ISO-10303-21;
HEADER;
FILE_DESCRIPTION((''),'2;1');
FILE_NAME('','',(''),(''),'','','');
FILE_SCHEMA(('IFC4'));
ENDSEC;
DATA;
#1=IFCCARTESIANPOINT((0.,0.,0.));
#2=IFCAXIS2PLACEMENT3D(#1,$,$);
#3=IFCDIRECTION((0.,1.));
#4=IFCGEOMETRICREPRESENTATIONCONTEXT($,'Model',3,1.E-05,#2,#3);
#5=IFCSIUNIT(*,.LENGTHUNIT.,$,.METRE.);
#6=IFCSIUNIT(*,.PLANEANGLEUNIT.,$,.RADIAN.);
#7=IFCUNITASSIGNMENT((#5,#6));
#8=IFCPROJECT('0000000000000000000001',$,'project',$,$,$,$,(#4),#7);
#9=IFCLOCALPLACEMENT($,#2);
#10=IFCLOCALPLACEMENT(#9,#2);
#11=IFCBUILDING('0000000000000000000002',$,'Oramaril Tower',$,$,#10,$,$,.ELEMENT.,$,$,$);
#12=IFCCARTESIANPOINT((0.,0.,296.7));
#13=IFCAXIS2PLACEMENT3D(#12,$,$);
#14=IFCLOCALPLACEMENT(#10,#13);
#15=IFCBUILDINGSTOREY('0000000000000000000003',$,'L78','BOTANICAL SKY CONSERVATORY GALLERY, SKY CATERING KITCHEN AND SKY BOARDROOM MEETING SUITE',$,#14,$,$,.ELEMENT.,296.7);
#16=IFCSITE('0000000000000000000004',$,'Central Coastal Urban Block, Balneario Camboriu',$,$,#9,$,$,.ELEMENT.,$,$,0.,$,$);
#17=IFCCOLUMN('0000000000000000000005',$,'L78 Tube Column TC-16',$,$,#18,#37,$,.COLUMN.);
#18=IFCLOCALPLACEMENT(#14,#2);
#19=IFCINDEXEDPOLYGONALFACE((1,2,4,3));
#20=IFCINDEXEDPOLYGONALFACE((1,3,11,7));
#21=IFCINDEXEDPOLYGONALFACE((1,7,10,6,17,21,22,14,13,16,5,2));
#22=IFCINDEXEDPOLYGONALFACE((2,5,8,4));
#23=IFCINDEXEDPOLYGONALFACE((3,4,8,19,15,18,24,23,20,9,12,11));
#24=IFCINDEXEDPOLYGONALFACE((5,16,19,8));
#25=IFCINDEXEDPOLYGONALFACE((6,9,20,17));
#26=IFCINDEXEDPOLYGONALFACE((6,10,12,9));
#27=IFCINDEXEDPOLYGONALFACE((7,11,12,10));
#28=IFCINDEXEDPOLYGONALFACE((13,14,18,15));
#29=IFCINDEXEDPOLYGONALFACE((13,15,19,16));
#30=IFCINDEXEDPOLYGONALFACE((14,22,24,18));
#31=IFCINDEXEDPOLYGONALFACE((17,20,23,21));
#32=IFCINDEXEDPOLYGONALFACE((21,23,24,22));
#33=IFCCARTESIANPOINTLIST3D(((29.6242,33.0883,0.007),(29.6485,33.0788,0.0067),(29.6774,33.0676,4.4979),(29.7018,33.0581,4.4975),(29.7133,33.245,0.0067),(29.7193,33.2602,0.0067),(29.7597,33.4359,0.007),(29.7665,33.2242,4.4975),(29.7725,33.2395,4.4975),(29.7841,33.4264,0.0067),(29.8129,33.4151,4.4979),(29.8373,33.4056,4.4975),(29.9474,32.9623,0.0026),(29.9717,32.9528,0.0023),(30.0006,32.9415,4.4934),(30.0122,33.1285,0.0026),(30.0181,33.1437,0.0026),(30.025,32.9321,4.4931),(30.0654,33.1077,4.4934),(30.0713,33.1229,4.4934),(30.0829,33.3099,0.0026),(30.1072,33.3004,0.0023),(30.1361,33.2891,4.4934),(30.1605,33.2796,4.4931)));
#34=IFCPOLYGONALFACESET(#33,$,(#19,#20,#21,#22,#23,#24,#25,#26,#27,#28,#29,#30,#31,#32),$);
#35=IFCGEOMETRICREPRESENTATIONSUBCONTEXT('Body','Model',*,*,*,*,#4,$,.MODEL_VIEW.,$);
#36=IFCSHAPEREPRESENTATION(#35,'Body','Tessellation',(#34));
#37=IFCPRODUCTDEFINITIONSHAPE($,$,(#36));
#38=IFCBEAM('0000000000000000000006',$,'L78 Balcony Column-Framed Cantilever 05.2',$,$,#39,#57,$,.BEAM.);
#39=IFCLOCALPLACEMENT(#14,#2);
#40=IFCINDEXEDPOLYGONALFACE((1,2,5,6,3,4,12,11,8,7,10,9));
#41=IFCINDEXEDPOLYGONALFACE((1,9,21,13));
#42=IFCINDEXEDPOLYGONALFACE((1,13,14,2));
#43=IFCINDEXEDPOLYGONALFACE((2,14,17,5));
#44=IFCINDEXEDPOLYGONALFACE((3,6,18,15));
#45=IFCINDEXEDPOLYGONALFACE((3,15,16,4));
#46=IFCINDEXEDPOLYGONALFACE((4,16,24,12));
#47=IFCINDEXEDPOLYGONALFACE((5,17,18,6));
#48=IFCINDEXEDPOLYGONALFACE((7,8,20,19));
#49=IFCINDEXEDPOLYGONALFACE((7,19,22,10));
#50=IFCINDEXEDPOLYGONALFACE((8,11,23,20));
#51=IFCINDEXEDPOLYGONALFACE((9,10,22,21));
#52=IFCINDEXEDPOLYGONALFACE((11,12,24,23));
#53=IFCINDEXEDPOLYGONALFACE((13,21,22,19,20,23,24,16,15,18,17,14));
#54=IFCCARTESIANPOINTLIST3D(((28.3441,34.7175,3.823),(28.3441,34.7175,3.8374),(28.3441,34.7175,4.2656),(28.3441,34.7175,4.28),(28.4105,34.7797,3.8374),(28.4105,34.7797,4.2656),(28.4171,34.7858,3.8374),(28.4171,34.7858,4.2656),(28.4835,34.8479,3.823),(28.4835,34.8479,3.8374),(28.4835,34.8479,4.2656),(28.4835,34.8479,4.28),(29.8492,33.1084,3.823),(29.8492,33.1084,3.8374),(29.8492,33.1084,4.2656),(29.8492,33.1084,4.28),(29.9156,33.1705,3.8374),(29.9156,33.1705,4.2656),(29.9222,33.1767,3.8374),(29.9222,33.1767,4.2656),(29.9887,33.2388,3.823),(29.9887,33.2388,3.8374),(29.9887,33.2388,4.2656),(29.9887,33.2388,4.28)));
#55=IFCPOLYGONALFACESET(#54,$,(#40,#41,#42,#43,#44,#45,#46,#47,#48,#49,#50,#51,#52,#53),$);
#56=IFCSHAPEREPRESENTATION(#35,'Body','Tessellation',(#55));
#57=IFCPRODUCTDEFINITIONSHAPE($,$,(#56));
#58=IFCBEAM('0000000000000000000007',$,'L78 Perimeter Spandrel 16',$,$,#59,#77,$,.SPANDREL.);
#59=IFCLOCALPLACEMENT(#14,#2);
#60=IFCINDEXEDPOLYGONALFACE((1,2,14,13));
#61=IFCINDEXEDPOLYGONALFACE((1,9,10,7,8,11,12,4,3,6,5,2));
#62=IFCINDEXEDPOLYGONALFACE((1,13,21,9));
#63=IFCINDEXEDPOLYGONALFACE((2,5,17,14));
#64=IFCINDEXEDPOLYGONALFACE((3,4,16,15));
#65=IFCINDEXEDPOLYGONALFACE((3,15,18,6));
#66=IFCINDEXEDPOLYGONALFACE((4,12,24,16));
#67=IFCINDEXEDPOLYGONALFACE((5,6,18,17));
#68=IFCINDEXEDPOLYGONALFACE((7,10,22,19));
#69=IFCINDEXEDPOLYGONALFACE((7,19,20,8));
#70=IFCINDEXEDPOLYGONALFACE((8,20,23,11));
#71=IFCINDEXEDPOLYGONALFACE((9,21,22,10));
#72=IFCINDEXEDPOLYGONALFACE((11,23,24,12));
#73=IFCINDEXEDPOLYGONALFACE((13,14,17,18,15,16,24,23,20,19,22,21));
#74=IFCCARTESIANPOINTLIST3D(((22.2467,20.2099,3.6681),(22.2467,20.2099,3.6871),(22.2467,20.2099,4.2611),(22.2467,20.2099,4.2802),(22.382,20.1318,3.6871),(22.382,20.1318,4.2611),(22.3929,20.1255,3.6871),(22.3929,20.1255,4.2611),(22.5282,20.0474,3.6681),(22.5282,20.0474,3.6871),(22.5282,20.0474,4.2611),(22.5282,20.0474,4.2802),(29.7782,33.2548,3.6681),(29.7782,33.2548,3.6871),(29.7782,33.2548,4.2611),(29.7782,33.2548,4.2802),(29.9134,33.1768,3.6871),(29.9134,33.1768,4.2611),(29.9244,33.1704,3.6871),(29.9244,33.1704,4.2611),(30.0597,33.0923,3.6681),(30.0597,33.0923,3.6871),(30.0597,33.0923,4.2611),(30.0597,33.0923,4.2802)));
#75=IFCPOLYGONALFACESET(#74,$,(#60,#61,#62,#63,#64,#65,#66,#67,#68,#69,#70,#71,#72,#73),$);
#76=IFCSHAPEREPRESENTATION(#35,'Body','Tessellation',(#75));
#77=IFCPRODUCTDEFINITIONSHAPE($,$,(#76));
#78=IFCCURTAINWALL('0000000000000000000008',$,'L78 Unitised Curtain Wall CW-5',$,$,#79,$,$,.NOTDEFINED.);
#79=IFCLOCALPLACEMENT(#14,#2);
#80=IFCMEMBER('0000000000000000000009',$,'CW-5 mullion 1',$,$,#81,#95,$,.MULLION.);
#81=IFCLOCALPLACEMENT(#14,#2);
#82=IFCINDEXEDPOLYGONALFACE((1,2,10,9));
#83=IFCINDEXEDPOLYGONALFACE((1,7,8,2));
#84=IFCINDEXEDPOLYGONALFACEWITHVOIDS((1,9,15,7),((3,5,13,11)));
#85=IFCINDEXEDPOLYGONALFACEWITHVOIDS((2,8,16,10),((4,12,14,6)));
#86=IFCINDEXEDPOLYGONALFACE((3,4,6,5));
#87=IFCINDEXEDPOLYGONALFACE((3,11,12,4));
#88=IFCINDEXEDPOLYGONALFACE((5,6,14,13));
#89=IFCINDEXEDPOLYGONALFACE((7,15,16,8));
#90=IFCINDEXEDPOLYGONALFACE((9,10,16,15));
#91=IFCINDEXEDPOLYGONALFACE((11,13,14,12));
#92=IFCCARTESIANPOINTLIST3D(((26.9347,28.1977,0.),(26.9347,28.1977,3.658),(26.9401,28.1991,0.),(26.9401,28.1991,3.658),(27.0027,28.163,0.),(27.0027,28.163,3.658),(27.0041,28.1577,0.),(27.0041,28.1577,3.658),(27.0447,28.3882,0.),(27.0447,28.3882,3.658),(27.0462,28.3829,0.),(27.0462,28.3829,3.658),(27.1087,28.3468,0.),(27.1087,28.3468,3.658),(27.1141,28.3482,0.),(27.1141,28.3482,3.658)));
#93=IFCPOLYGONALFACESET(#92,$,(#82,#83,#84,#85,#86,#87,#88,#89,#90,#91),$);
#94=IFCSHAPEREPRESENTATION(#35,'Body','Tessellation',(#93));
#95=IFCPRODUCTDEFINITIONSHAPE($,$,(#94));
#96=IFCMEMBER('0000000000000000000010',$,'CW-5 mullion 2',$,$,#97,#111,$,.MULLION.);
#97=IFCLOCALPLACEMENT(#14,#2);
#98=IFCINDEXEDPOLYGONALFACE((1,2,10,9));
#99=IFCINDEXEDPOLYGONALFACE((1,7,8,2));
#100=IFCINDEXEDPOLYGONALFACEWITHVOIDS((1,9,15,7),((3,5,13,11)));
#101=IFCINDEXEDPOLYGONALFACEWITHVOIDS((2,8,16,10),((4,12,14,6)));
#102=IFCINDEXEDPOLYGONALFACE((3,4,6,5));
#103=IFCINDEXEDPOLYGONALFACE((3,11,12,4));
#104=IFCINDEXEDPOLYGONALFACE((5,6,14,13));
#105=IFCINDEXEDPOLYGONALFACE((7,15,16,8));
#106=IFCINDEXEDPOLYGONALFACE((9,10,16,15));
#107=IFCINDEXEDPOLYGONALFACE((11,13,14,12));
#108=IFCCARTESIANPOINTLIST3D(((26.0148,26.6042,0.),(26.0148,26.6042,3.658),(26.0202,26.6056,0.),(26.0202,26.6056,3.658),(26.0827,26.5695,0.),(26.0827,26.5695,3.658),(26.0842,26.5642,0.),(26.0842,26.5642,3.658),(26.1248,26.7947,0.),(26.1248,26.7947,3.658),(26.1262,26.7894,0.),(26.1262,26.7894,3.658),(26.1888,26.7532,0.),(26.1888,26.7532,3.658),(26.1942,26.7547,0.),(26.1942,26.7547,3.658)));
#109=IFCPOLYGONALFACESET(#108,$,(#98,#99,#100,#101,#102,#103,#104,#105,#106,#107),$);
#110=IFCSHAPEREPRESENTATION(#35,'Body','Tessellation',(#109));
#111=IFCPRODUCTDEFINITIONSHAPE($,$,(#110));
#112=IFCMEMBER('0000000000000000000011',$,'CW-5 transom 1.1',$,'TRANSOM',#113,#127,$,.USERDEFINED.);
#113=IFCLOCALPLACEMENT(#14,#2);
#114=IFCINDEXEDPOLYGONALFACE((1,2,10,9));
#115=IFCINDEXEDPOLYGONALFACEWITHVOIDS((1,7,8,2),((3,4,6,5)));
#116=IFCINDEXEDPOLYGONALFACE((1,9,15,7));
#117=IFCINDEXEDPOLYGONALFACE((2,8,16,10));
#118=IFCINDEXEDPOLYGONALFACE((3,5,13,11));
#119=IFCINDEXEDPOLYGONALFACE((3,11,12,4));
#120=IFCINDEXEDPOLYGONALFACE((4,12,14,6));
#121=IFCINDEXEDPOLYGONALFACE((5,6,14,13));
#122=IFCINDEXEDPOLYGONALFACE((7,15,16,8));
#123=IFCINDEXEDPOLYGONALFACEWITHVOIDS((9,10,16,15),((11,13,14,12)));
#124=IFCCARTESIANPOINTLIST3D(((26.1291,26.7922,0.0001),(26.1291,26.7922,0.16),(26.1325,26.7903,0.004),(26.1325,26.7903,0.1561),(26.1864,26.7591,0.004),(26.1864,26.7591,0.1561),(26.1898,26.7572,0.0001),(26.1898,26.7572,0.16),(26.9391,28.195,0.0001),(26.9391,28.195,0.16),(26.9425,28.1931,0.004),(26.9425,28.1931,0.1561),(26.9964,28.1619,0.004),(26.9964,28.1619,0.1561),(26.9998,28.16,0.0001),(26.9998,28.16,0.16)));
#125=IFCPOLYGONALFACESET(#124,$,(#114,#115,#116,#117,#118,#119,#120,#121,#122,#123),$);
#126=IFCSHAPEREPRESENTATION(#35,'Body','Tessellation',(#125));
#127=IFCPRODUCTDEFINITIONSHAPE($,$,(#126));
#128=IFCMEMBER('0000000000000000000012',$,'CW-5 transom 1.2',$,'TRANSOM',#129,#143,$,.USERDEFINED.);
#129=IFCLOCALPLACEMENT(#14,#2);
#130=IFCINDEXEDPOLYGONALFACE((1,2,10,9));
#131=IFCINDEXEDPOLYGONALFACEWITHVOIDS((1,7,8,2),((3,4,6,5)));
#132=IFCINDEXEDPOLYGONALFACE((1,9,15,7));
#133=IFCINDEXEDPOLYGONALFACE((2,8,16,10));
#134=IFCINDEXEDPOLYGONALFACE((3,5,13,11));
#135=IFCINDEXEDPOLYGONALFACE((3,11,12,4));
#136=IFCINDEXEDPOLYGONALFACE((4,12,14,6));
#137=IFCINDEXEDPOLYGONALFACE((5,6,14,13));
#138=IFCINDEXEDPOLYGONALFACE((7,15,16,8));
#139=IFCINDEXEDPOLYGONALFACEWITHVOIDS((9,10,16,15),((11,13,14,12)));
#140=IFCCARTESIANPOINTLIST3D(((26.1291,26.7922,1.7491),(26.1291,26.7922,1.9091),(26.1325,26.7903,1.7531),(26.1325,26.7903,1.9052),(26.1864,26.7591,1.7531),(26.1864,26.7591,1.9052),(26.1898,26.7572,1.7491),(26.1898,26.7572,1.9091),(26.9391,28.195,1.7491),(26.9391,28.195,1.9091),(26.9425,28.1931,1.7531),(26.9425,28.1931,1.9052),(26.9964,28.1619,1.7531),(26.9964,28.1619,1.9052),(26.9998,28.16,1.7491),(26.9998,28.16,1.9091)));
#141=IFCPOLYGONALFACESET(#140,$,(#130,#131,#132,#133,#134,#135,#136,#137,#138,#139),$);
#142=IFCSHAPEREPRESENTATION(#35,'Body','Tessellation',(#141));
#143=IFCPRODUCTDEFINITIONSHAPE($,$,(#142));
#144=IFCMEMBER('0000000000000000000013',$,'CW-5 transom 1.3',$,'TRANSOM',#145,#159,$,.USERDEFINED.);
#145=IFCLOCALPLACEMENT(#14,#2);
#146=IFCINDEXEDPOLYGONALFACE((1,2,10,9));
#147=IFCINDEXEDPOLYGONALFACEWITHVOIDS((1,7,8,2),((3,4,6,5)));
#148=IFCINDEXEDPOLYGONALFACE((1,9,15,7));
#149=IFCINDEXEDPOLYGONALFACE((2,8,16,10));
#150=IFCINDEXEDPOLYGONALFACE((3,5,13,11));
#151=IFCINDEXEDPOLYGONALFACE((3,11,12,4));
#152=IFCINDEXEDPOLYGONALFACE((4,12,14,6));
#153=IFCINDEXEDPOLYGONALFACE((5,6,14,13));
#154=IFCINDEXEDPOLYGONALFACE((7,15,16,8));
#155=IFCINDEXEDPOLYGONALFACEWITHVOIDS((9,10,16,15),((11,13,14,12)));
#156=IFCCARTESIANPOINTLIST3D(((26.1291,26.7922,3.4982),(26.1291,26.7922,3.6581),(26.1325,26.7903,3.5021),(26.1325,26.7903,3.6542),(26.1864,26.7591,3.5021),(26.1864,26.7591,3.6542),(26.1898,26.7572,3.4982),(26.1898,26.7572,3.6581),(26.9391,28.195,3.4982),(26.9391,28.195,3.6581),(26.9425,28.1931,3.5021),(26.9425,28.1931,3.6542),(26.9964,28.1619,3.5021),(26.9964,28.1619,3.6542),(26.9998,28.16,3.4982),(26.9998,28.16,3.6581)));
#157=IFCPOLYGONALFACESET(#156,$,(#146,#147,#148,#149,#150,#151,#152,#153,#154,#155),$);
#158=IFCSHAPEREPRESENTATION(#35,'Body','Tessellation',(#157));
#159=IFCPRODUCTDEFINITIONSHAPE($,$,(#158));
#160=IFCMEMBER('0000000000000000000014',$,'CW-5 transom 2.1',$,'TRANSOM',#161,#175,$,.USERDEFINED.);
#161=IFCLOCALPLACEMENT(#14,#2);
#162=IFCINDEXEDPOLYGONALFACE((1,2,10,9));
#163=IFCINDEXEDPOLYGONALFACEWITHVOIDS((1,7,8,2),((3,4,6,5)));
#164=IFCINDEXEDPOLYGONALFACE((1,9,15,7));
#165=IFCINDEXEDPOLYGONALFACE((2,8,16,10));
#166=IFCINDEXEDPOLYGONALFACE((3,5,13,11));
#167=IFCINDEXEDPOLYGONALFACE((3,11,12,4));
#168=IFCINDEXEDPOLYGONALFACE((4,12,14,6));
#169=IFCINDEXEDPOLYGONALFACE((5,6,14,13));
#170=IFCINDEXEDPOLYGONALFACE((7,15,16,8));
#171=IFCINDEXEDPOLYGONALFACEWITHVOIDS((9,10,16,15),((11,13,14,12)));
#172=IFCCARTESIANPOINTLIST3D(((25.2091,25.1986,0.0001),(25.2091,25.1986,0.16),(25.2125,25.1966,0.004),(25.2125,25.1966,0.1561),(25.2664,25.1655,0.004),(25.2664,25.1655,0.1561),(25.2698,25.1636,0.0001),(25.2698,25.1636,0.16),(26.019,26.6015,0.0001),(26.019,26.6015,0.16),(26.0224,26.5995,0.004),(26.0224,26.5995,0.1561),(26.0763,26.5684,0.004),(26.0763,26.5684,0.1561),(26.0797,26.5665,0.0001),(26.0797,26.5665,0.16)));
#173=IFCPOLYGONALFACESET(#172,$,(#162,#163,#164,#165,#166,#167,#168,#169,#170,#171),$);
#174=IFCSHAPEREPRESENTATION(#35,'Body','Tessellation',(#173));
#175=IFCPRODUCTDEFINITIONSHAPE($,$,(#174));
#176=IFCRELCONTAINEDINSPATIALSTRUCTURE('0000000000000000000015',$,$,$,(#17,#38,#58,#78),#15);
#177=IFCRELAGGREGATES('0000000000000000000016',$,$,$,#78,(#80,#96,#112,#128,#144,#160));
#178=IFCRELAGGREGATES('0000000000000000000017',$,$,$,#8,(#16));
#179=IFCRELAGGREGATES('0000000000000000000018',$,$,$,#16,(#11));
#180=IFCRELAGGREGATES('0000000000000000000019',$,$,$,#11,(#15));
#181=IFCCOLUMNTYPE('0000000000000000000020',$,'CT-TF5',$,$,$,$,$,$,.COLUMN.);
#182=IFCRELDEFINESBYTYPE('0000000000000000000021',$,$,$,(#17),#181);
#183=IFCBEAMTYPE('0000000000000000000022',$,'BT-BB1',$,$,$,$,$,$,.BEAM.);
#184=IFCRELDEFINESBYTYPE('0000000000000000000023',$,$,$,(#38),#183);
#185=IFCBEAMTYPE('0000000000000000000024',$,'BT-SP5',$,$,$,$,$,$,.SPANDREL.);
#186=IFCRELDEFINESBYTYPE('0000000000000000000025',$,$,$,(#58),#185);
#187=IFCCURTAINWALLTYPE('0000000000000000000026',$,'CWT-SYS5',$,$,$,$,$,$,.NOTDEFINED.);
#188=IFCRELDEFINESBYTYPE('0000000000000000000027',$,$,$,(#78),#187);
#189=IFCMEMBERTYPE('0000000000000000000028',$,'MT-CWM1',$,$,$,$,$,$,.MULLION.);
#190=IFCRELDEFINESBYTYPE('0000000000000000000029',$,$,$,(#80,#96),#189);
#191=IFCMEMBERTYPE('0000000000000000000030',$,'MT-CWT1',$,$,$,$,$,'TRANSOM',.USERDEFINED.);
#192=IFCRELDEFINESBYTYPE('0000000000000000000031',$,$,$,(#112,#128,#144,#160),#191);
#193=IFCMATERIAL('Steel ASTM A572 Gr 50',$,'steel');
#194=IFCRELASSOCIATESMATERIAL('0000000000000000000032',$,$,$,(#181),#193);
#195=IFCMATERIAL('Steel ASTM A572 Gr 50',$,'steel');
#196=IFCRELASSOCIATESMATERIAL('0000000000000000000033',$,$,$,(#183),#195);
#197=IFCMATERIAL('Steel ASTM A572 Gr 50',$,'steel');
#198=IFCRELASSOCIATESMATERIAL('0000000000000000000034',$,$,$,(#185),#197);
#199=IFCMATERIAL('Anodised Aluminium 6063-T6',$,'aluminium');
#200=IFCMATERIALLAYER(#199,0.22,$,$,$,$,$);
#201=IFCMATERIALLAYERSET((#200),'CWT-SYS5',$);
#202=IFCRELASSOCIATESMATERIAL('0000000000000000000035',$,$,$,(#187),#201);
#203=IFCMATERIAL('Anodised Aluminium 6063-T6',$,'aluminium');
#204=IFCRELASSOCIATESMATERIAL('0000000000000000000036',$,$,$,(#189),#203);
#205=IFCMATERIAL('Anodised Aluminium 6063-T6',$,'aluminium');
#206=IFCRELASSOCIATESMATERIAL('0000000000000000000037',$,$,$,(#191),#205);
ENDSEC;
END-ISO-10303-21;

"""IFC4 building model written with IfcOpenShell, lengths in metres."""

from ifc_helpers import new_model, si_unit, direction, frame, origin, origin_2d, place, context, subcontext, project, spatial, hollow_rectangle, i_section, extrude, material, layer, layer_set, material_profile, profile_set, type_object, element, aggregate, save


model = new_model("IFC4")

# Units and contexts
model_context = context("Model", 3, precision=1e-05, world=origin(), true_north=direction((0.0, 1.0)))
body_context = subcontext(model_context, "Body", "Model", "MODEL_VIEW")
ifc_project = project(units=[si_unit("LENGTHUNIT", "METRE"), si_unit("PLANEANGLEUNIT", "RADIAN")], contexts=[model_context])

# Site, building, storey
site_placement = place(None, origin())
site = spatial("IfcSite", under=ifc_project, at=site_placement, Name="Central Coastal Urban Block, Balneario Camboriu", CompositionType="ELEMENT", RefElevation=0.0)
building_placement = place(site_placement, origin())
building = spatial("IfcBuilding", under=site, at=building_placement, Name="Oramaril Tower", CompositionType="ELEMENT")
storey_placement = place(building_placement, frame((0.0, 0.0, 296.7)))
storey = spatial("IfcBuildingStorey", under=building, at=storey_placement, Name="L78", Description="BOTANICAL SKY CONSERVATORY GALLERY, SKY CATERING KITCHEN AND SKY BOARDROOM MEETING SUITE", CompositionType="ELEMENT", Elevation=296.7)

# Column
ifc_material_1 = material(Name="Steel ASTM A572 Gr 50", Category="steel")
ifc_material_profile_1 = material_profile(ifc_material_1, i_section(OverallWidth=0.373, OverallDepth=0.373, WebThickness=0.0164, FlangeThickness=0.0261, at=origin_2d()), Name="W14X132")
ifc_profile_set_1 = profile_set([ifc_material_profile_1], Name="Steel ASTM A572 Gr 50")
column_type = type_object("IfcColumnType", Name="CT-TF5", PredefinedType="COLUMN", material=ifc_profile_set_1)
column_placement = place(storey_placement, frame((29.8657, 33.1943, 0.0046), z_axis=(0.01185, -0.00462, 0.999919), x_axis=(0.363271, 0.931683, 0.0)))
element("IfcColumn", 1, at=column_placement, inside=storey, type_object=column_type, Name="L78 Tube Column TC-16", PredefinedType="COLUMN", context=body_context, shape_type="SweptSolid", body=[
    extrude(i_section(OverallWidth=0.373, OverallDepth=0.373, WebThickness=0.0164, FlangeThickness=0.0261, at=origin_2d()), origin(), (0.0, 0.0, 1.0), 4.4912),
])

# Beams
ifc_material_2 = material(Name="Steel ASTM A572 Gr 50", Category="steel")
ifc_material_profile_2 = material_profile(ifc_material_2, i_section(OverallWidth=0.1909, OverallDepth=0.457, WebThickness=0.009, FlangeThickness=0.0144, at=origin_2d()), Name="W18X50")
ifc_profile_set_2 = profile_set([ifc_material_profile_2], Name="Steel ASTM A572 Gr 50")
beam_type_1 = type_object("IfcBeamType", Name="BT-BB1", PredefinedType="BEAM", material=ifc_profile_set_2)
beam_1_placement = place(storey_placement, frame((29.9189, 33.1736, 4.0515), z_axis=(-0.683111, 0.730314, 0.0), x_axis=(-0.730314, -0.683111, 0.0)))
element("IfcBeam", 2, at=beam_1_placement, inside=storey, type_object=beam_type_1, Name="L78 Balcony Column-Framed Cantilever 05.2", PredefinedType="BEAM", context=body_context, shape_type="SweptSolid", body=[
    extrude(i_section(OverallWidth=0.1909, OverallDepth=0.457, WebThickness=0.009, FlangeThickness=0.0144, at=origin_2d()), origin(), (0.0, 0.0, 1.0), 2.2034),
])
ifc_material_3 = material(Name="Steel ASTM A572 Gr 50", Category="steel")
ifc_material_profile_3 = material_profile(ifc_material_3, i_section(OverallWidth=0.325, OverallDepth=0.6121, WebThickness=0.0127, FlangeThickness=0.019, at=origin_2d()), Name="W24X104")
ifc_profile_set_3 = profile_set([ifc_material_profile_3], Name="Steel ASTM A572 Gr 50")
beam_type_2 = type_object("IfcBeamType", Name="BT-SP5", PredefinedType="SPANDREL", material=ifc_profile_set_3)
beam_2_placement = place(storey_placement, frame((29.9189, 33.1736, 3.9741), z_axis=(-0.5, -0.866025, 0.0), x_axis=(0.866025, -0.5, 0.0)))
element("IfcBeam", 3, at=beam_2_placement, inside=storey, type_object=beam_type_2, Name="L78 Perimeter Spandrel 16", PredefinedType="SPANDREL", context=body_context, shape_type="SweptSolid", body=[
    extrude(i_section(OverallWidth=0.325, OverallDepth=0.6121, WebThickness=0.0127, FlangeThickness=0.019, at=origin_2d()), origin(), (0.0, 0.0, 1.0), 15.063),
])

# Curtain wall, members
ifc_material_4 = material(Name="Anodised Aluminium 6063-T6", Category="aluminium")
ifc_layer_1 = layer(ifc_material_4, 0.22)
ifc_layer_set_1 = layer_set([ifc_layer_1], Name="CWT-SYS5")
curtain_wall_type = type_object("IfcCurtainWallType", Name="CWT-SYS5", PredefinedType="NOTDEFINED", material=ifc_layer_set_1)
curtain_wall_placement = place(storey_placement, origin())
curtain_wall = element("IfcCurtainWall", 4, at=curtain_wall_placement, inside=storey, type_object=curtain_wall_type, Name="L78 Unitised Curtain Wall CW-5", PredefinedType="NOTDEFINED")
ifc_material_5 = material(Name="Anodised Aluminium 6063-T6", Category="aluminium")
ifc_material_profile_4 = material_profile(ifc_material_5, hollow_rectangle(XDim=0.0801, YDim=0.22, WallThickness=0.0039, at=origin_2d()), Name="CWM220X80")
ifc_profile_set_4 = profile_set([ifc_material_profile_4], Name="Anodised Aluminium 6063-T6")
member_type_1 = type_object("IfcMemberType", Name="MT-CWM1", PredefinedType="MULLION", material=ifc_profile_set_4)
member_1_placement = place(storey_placement, frame((27.0244, 28.2729, 0.0), z_axis=(0.0, 0.0, 1.0), x_axis=(0.866025, -0.5, 0.0)))
member_1 = element("IfcMember", 5, at=member_1_placement, type_object=member_type_1, Name="CW-5 mullion 1", PredefinedType="MULLION", context=body_context, shape_type="SweptSolid", body=[
    extrude(hollow_rectangle(XDim=0.0801, YDim=0.22, WallThickness=0.0039, at=origin_2d()), origin(), (0.0, 0.0, 1.0), 3.658),
])
member_2_placement = place(storey_placement, frame((26.1045, 26.6794, 0.0), z_axis=(0.0, 0.0, 1.0), x_axis=(0.866025, -0.5, 0.0)))
member_2 = element("IfcMember", 6, at=member_2_placement, type_object=member_type_1, Name="CW-5 mullion 2", PredefinedType="MULLION", context=body_context, shape_type="SweptSolid", body=[
    extrude(hollow_rectangle(XDim=0.0801, YDim=0.22, WallThickness=0.0039, at=origin_2d()), origin(), (0.0, 0.0, 1.0), 3.658),
])
ifc_material_6 = material(Name="Anodised Aluminium 6063-T6", Category="aluminium")
ifc_material_profile_5 = material_profile(ifc_material_6, hollow_rectangle(XDim=0.0701, YDim=0.1599, WallThickness=0.0039, at=origin_2d()), Name="CWT160X70")
ifc_profile_set_5 = profile_set([ifc_material_profile_5], Name="Anodised Aluminium 6063-T6")
member_type_2 = type_object("IfcMemberType", Name="MT-CWT1", ElementType="TRANSOM", PredefinedType="USERDEFINED", material=ifc_profile_set_5)
member_3_placement = place(storey_placement, frame((26.9695, 28.1775, 0.0801), z_axis=(-0.500062, -0.86599, 0.0), x_axis=(0.86599, -0.500062, 0.0)))
member_3 = element("IfcMember", 7, at=member_3_placement, type_object=member_type_2, Name="CW-5 transom 1.1", ObjectType="TRANSOM", PredefinedType="USERDEFINED", context=body_context, shape_type="SweptSolid", body=[
    extrude(hollow_rectangle(XDim=0.0701, YDim=0.1599, WallThickness=0.0039, at=origin_2d()), origin(), (0.0, 0.0, 1.0), 1.6199),
])
member_4_placement = place(storey_placement, frame((26.9695, 28.1775, 1.8291), z_axis=(-0.500062, -0.86599, 0.0), x_axis=(0.86599, -0.500062, 0.0)))
member_4 = element("IfcMember", 8, at=member_4_placement, type_object=member_type_2, Name="CW-5 transom 1.2", ObjectType="TRANSOM", PredefinedType="USERDEFINED", context=body_context, shape_type="SweptSolid", body=[
    extrude(hollow_rectangle(XDim=0.0701, YDim=0.1599, WallThickness=0.0039, at=origin_2d()), origin(), (0.0, 0.0, 1.0), 1.6199),
])
member_5_placement = place(storey_placement, frame((26.9695, 28.1775, 3.5781), z_axis=(-0.500062, -0.86599, 0.0), x_axis=(0.86599, -0.500062, 0.0)))
member_5 = element("IfcMember", 9, at=member_5_placement, type_object=member_type_2, Name="CW-5 transom 1.3", ObjectType="TRANSOM", PredefinedType="USERDEFINED", context=body_context, shape_type="SweptSolid", body=[
    extrude(hollow_rectangle(XDim=0.0701, YDim=0.1599, WallThickness=0.0039, at=origin_2d()), origin(), (0.0, 0.0, 1.0), 1.6199),
])
member_6_placement = place(storey_placement, frame((26.0493, 26.584, 0.0801), z_axis=(-0.499949, -0.866055, 0.0), x_axis=(0.866055, -0.499949, 0.0)))
member_6 = element("IfcMember", 10, at=member_6_placement, type_object=member_type_2, Name="CW-5 transom 2.1", ObjectType="TRANSOM", PredefinedType="USERDEFINED", context=body_context, shape_type="SweptSolid", body=[
    extrude(hollow_rectangle(XDim=0.0701, YDim=0.1599, WallThickness=0.0039, at=origin_2d()), origin(), (0.0, 0.0, 1.0), 1.6199),
])
aggregate(curtain_wall, [member_1, member_2, member_3, member_4, member_5, member_6])

save(model, "model.ifc")
